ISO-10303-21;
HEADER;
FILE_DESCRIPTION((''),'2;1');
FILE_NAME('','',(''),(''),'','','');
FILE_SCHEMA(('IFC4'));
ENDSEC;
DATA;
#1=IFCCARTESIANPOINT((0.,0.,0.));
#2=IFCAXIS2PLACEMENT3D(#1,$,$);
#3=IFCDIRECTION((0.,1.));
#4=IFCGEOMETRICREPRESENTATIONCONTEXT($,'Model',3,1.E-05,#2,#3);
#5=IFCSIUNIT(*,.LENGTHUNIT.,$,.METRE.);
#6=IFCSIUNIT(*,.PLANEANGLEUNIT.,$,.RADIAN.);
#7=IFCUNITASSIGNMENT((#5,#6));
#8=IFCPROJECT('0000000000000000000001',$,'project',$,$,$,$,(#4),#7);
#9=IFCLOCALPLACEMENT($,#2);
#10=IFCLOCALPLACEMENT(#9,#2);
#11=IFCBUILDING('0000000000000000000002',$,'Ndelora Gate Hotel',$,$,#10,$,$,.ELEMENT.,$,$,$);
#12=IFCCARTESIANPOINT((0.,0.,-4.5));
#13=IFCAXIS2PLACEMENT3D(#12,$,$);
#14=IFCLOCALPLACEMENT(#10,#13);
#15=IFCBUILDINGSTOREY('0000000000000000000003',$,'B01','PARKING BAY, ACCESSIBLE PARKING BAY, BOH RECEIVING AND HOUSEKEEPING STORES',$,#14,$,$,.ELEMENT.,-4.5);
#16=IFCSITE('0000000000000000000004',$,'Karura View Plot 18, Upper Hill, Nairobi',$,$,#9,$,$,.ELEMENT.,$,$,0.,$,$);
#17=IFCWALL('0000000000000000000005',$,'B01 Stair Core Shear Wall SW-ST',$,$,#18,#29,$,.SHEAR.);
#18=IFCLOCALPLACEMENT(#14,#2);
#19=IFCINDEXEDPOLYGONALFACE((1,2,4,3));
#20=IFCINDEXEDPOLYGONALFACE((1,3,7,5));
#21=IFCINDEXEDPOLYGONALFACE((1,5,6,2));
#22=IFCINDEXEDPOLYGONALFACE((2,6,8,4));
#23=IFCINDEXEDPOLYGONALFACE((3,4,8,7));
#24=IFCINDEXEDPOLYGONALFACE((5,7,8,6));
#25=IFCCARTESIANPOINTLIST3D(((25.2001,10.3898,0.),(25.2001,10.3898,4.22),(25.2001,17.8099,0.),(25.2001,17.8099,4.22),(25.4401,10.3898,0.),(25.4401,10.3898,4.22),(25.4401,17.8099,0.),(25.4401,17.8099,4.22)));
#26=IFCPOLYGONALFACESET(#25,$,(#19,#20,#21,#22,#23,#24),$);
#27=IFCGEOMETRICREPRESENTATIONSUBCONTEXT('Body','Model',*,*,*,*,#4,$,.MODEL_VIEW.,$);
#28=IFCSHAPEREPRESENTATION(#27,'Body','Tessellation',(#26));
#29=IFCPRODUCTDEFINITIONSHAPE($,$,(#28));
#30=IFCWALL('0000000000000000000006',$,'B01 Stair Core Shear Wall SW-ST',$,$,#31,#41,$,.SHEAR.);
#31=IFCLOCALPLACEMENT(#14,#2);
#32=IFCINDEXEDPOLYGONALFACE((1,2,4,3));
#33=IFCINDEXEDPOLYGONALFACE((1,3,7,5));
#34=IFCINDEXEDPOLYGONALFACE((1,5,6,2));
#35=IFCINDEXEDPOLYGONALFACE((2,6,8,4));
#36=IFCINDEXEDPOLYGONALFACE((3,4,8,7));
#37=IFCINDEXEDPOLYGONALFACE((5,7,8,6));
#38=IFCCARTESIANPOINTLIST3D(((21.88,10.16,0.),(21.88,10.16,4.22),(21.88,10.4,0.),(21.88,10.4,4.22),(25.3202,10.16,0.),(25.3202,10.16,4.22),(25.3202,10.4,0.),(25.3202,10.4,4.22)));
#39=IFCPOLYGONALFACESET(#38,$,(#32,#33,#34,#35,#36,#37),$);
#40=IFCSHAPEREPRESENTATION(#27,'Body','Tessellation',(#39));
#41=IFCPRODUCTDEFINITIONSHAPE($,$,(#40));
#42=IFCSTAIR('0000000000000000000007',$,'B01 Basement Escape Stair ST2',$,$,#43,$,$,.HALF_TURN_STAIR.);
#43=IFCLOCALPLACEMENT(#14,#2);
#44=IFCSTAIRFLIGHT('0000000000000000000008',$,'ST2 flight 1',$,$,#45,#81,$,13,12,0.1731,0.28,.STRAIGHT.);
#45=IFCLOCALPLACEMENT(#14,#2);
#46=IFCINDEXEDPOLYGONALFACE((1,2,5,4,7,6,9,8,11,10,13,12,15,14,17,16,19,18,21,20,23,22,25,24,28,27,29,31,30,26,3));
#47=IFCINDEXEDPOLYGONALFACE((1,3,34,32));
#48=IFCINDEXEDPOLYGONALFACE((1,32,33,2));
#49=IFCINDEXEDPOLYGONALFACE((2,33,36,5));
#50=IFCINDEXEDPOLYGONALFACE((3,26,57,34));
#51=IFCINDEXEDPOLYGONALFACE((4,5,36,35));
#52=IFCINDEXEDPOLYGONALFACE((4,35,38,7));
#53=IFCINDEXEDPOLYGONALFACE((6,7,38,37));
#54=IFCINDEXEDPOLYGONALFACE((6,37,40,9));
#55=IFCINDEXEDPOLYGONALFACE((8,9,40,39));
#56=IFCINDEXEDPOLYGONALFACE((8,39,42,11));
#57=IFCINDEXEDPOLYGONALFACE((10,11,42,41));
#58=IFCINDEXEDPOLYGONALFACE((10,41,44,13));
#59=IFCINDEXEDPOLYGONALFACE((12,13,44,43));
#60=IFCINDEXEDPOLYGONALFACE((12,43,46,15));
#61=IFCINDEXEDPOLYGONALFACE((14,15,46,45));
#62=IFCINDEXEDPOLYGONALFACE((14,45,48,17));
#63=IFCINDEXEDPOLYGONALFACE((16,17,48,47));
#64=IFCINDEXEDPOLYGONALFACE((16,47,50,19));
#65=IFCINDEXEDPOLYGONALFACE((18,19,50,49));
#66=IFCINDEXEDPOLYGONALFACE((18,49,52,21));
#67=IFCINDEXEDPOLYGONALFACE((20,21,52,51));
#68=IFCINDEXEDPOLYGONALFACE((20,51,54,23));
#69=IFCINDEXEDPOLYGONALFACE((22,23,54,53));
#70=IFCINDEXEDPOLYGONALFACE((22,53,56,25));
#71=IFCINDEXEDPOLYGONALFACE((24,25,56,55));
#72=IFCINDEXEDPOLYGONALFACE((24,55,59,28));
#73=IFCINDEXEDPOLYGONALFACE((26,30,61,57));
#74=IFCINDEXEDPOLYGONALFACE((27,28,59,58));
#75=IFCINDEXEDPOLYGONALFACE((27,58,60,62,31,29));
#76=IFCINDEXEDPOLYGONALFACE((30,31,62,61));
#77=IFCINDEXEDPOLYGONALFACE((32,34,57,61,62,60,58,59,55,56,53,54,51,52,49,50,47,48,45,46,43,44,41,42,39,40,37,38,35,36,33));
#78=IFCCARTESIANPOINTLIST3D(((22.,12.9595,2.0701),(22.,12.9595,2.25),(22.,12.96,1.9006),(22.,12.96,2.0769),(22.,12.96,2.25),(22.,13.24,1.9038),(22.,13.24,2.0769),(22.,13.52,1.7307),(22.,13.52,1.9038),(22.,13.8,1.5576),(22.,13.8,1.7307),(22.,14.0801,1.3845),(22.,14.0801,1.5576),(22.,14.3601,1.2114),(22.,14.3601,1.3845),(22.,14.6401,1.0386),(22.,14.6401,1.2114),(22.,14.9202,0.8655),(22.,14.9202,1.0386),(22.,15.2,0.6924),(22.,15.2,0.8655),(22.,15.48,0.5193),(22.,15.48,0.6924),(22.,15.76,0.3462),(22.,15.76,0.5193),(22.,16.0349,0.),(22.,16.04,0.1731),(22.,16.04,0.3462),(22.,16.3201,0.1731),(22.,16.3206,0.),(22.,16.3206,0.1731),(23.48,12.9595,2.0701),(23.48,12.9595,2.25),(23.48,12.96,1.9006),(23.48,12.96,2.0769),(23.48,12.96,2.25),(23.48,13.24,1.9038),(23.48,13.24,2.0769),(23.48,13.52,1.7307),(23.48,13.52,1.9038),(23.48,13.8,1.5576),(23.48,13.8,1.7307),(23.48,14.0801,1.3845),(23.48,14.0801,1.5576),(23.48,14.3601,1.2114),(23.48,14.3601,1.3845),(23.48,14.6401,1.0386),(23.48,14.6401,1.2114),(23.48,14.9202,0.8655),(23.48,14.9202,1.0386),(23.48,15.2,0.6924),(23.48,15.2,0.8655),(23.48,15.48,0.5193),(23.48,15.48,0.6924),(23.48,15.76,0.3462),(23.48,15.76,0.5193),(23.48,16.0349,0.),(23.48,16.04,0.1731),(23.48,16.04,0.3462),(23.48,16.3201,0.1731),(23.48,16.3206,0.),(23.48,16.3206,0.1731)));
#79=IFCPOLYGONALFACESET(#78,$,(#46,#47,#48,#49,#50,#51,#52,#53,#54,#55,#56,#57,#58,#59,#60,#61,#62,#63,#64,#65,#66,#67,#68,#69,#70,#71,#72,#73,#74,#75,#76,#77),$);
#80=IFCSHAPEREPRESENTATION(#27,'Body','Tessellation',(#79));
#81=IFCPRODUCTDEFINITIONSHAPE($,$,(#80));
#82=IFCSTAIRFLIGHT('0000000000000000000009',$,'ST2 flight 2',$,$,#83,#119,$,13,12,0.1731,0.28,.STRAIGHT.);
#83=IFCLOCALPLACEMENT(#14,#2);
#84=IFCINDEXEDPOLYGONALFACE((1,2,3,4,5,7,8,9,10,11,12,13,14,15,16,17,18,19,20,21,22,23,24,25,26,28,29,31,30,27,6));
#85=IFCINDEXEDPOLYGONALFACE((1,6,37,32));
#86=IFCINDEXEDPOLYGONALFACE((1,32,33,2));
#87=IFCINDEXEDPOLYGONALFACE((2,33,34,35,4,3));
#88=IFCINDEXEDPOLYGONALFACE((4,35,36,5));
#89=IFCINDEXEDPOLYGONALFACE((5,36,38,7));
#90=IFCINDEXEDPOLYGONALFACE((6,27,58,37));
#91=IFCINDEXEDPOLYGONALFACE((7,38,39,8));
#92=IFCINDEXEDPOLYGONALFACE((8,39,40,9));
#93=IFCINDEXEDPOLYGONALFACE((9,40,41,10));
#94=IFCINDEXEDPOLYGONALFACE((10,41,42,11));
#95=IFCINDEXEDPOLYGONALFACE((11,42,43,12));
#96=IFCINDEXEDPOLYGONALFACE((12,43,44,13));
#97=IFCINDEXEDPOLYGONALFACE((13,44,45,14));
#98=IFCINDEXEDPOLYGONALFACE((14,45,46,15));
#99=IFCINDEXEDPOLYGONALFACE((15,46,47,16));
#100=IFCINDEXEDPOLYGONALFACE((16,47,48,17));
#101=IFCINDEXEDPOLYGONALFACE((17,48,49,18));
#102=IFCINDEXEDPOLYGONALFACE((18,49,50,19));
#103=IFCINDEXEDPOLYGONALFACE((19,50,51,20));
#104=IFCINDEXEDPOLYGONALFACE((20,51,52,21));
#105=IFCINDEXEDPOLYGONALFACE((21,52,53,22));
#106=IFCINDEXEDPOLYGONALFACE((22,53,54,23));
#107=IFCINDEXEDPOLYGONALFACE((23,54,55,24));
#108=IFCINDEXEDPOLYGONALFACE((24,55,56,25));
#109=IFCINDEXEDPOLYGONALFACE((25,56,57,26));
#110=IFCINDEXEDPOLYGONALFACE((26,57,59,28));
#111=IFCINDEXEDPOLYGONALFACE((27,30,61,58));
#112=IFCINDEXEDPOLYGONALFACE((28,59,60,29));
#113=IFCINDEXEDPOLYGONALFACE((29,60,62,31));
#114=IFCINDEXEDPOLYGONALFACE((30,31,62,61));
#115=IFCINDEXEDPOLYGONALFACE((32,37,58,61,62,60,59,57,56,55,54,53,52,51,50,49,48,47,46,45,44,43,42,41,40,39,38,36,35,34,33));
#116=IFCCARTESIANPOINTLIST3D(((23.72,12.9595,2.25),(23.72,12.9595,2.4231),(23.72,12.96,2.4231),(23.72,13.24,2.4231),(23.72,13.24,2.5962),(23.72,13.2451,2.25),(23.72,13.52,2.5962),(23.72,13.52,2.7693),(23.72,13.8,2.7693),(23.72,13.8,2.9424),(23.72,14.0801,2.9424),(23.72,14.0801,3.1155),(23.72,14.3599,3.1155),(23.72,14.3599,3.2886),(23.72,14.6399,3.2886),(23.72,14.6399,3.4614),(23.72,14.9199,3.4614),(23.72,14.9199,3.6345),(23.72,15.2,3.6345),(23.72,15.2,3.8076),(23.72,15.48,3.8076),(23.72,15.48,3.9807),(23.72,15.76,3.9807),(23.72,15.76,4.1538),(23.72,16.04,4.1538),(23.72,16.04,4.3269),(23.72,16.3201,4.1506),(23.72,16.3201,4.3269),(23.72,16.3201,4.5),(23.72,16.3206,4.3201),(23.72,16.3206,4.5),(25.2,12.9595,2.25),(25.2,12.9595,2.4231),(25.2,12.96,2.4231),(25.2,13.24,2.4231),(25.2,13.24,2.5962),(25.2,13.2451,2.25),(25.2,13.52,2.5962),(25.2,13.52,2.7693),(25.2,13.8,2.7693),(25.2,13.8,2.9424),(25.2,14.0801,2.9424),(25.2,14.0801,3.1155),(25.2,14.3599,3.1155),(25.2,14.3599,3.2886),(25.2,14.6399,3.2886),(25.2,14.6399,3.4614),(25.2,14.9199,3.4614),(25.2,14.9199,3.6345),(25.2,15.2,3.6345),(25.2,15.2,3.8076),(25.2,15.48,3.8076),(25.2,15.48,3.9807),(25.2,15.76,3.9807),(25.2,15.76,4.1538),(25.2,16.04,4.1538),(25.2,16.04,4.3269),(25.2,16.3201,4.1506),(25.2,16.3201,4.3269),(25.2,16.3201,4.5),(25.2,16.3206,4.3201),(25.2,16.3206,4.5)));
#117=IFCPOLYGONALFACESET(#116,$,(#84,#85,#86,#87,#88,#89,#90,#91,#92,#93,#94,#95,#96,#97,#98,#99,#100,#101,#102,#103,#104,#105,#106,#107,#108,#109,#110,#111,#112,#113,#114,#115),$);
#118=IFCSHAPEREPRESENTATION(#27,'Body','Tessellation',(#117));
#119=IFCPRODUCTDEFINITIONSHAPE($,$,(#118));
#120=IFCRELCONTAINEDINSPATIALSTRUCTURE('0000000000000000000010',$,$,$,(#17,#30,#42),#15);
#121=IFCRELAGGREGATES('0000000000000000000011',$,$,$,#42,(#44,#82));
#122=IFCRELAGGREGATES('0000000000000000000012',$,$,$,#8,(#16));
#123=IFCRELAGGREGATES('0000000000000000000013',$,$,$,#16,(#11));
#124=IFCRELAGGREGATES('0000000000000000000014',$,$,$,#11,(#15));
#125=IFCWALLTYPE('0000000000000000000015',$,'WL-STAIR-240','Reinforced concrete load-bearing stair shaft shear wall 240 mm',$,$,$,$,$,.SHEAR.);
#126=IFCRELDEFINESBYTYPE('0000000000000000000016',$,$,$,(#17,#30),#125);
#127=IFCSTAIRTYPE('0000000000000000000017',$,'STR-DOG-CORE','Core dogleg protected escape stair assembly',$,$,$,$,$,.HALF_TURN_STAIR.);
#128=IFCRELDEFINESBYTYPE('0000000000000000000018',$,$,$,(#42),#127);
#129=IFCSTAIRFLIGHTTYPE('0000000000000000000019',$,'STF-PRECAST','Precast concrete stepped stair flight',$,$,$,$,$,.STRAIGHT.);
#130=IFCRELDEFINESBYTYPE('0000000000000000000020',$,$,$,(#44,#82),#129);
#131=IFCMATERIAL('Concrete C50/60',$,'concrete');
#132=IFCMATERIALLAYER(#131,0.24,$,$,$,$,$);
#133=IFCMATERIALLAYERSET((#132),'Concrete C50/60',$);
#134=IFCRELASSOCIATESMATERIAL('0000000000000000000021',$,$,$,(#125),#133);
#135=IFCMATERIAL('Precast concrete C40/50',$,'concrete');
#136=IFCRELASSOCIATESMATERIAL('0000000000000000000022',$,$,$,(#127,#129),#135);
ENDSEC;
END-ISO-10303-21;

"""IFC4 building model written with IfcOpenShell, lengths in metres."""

from ifc_helpers import new_model, si_unit, direction, frame, frame_2d, origin, place, context, subcontext, project, spatial, polyline, rectangle, outline, extrude, material, layer, layer_set, type_object, element, aggregate, save


model = new_model("IFC4")

# Units and contexts
model_context = context("Model", 3, precision=1e-05, world=origin(), true_north=direction((0.0, 1.0)))
body_context = subcontext(model_context, "Body", "Model", "MODEL_VIEW")
ifc_project = project(units=[si_unit("LENGTHUNIT", "METRE"), si_unit("PLANEANGLEUNIT", "RADIAN")], contexts=[model_context])

# Site, building, storey
site_placement = place(None, origin())
site = spatial("IfcSite", under=ifc_project, at=site_placement, Name="Karura View Plot 18, Upper Hill, Nairobi", CompositionType="ELEMENT", RefElevation=0.0)
building_placement = place(site_placement, origin())
building = spatial("IfcBuilding", under=site, at=building_placement, Name="Ndelora Gate Hotel", CompositionType="ELEMENT")
storey_placement = place(building_placement, frame((0.0, 0.0, -4.5)))
storey = spatial("IfcBuildingStorey", under=building, at=storey_placement, Name="B01", Description="PARKING BAY, ACCESSIBLE PARKING BAY, BOH RECEIVING AND HOUSEKEEPING STORES", CompositionType="ELEMENT", Elevation=-4.5)

# Shared definitions
ifc_material_1 = material(Name="Concrete C50/60", Category="concrete")

# Walls
ifc_layer_1 = layer(ifc_material_1, 0.24)
ifc_layer_set_1 = layer_set([ifc_layer_1], Name="Concrete C50/60")
wall_type_1 = type_object("IfcWallType", Name="WL-STAIR-240", Description="Reinforced concrete load-bearing stair shaft shear wall 240 mm", PredefinedType="SHEAR", material=ifc_layer_set_1)
for number, where, z_axis, x_axis, name in (
    (1, (25.3201, 10.3899, 0.0), (0.0, 0.0, 1.0), (0.0, 1.0, 0.0), "B01 Stair Core Shear Wall SW-ST"),
):
    element("IfcWall", number, at=place(storey_placement, frame(where, z_axis=z_axis, x_axis=x_axis)), inside=storey, type_object=wall_type_1, Name=name, PredefinedType="SHEAR", context=body_context, shape_type="SweptSolid", body=[
        extrude(rectangle(XDim=7.4202, YDim=0.24, at=frame_2d((3.71, 0.0))), origin(), (0.0, 0.0, 1.0), 4.22),
    ])
wall_1_placement = place(storey_placement, frame((21.8799, 10.28, 0.0), z_axis=(0.0, 0.0, 1.0), x_axis=(1.0, 0.0, 0.0)))
element("IfcWall", 2, at=wall_1_placement, inside=storey, type_object=wall_type_1, Name="B01 Stair Core Shear Wall SW-ST", PredefinedType="SHEAR", context=body_context, shape_type="SweptSolid", body=[
    extrude(rectangle(XDim=3.4402, YDim=0.24, at=frame_2d((1.7202, 0.0))), origin(), (0.0, 0.0, 1.0), 4.22),
])

# Stair, stair flights
ifc_material_2 = material(Name="Precast concrete C40/50", Category="concrete")
stair_type = type_object("IfcStairType", Name="STR-DOG-CORE", Description="Core dogleg protected escape stair assembly", PredefinedType="HALF_TURN_STAIR", material=ifc_material_2)
stair_placement = place(storey_placement, origin())
stair = element("IfcStair", 3, at=stair_placement, inside=storey, type_object=stair_type, Name="B01 Basement Escape Stair ST2", PredefinedType="HALF_TURN_STAIR")
stair_flight_type = type_object("IfcStairFlightType", Name="STF-PRECAST", Description="Precast concrete stepped stair flight", PredefinedType="STRAIGHT", material=ifc_material_2)
stair_flight_1_placement = place(storey_placement, frame((22.74, 16.3201, 0.0), z_axis=(0.0, 0.0, 1.0), x_axis=(0.0, -1.0, 0.0)))
stair_flight_1 = element("IfcStairFlight", 4, at=stair_flight_1_placement, type_object=stair_flight_type, Name="ST2 flight 1", NumberOfRisers=13, NumberOfTreads=12, PredefinedType="STRAIGHT", RiserHeight=0.1731, TreadLength=0.28, context=body_context, shape_type="SweptSolid", body=[
    extrude(outline(polyline([(-0.0005, 0.0), (-0.0005, 0.1731), (0.0, 0.1731), (0.28, 0.1731), (0.28, 0.3462), (0.5601, 0.3462), (0.5601, 0.5193), (0.8401, 0.5193), (0.8401, 0.6924), (1.1201, 0.6924), (1.1201, 0.8655), (1.3999, 0.8655), (1.3999, 1.0386), (1.6799, 1.0386), (1.6799, 1.2114), (1.96, 1.2114), (1.96, 1.3845), (2.24, 1.3845), (2.24, 1.5576), (2.52, 1.5576), (2.52, 1.7307), (2.8, 1.7307), (2.8, 1.9038), (3.0801, 1.9038), (3.0801, 2.0769), (3.3601, 2.0769), (3.3601, 2.25), (3.3606, 2.25), (3.3606, 2.0701), (3.3601, 1.9006), (0.2852, 0.0), (-0.0005, 0.0)])), frame((0.0, 0.74, 0.0), z_axis=(0.0, -1.0, 0.0), x_axis=(1.0, 0.0, 0.0)), (0.0, 0.0, 1.0), 1.48),
])
stair_flight_2_placement = place(storey_placement, frame((24.46, 12.96, 2.25), z_axis=(0.0, 0.0, 1.0), x_axis=(0.0, 1.0, 0.0)))
stair_flight_2 = element("IfcStairFlight", 5, at=stair_flight_2_placement, type_object=stair_flight_type, Name="ST2 flight 2", NumberOfRisers=13, NumberOfTreads=12, PredefinedType="STRAIGHT", RiserHeight=0.1731, TreadLength=0.28, context=body_context, shape_type="SweptSolid", body=[
    extrude(outline(polyline([(-0.0005, 0.0), (-0.0005, 0.1731), (0.0, 0.1731), (0.28, 0.1731), (0.28, 0.3462), (0.5601, 0.3462), (0.5601, 0.5193), (0.8401, 0.5193), (0.8401, 0.6924), (1.1201, 0.6924), (1.1201, 0.8655), (1.3999, 0.8655), (1.3999, 1.0386), (1.6799, 1.0386), (1.6799, 1.2114), (1.96, 1.2114), (1.96, 1.3845), (2.24, 1.3845), (2.24, 1.5576), (2.52, 1.5576), (2.52, 1.7307), (2.8, 1.7307), (2.8, 1.9038), (3.0801, 1.9038), (3.0801, 2.0769), (3.3601, 2.0769), (3.3601, 2.25), (3.3606, 2.25), (3.3606, 2.0701), (3.3601, 1.9006), (0.2852, 0.0), (-0.0005, 0.0)])), frame((0.0, 0.74, 0.0), z_axis=(0.0, -1.0, 0.0), x_axis=(1.0, 0.0, 0.0)), (0.0, 0.0, 1.0), 1.48),
])
aggregate(stair, [stair_flight_1, stair_flight_2])

save(model, "model.ifc")
